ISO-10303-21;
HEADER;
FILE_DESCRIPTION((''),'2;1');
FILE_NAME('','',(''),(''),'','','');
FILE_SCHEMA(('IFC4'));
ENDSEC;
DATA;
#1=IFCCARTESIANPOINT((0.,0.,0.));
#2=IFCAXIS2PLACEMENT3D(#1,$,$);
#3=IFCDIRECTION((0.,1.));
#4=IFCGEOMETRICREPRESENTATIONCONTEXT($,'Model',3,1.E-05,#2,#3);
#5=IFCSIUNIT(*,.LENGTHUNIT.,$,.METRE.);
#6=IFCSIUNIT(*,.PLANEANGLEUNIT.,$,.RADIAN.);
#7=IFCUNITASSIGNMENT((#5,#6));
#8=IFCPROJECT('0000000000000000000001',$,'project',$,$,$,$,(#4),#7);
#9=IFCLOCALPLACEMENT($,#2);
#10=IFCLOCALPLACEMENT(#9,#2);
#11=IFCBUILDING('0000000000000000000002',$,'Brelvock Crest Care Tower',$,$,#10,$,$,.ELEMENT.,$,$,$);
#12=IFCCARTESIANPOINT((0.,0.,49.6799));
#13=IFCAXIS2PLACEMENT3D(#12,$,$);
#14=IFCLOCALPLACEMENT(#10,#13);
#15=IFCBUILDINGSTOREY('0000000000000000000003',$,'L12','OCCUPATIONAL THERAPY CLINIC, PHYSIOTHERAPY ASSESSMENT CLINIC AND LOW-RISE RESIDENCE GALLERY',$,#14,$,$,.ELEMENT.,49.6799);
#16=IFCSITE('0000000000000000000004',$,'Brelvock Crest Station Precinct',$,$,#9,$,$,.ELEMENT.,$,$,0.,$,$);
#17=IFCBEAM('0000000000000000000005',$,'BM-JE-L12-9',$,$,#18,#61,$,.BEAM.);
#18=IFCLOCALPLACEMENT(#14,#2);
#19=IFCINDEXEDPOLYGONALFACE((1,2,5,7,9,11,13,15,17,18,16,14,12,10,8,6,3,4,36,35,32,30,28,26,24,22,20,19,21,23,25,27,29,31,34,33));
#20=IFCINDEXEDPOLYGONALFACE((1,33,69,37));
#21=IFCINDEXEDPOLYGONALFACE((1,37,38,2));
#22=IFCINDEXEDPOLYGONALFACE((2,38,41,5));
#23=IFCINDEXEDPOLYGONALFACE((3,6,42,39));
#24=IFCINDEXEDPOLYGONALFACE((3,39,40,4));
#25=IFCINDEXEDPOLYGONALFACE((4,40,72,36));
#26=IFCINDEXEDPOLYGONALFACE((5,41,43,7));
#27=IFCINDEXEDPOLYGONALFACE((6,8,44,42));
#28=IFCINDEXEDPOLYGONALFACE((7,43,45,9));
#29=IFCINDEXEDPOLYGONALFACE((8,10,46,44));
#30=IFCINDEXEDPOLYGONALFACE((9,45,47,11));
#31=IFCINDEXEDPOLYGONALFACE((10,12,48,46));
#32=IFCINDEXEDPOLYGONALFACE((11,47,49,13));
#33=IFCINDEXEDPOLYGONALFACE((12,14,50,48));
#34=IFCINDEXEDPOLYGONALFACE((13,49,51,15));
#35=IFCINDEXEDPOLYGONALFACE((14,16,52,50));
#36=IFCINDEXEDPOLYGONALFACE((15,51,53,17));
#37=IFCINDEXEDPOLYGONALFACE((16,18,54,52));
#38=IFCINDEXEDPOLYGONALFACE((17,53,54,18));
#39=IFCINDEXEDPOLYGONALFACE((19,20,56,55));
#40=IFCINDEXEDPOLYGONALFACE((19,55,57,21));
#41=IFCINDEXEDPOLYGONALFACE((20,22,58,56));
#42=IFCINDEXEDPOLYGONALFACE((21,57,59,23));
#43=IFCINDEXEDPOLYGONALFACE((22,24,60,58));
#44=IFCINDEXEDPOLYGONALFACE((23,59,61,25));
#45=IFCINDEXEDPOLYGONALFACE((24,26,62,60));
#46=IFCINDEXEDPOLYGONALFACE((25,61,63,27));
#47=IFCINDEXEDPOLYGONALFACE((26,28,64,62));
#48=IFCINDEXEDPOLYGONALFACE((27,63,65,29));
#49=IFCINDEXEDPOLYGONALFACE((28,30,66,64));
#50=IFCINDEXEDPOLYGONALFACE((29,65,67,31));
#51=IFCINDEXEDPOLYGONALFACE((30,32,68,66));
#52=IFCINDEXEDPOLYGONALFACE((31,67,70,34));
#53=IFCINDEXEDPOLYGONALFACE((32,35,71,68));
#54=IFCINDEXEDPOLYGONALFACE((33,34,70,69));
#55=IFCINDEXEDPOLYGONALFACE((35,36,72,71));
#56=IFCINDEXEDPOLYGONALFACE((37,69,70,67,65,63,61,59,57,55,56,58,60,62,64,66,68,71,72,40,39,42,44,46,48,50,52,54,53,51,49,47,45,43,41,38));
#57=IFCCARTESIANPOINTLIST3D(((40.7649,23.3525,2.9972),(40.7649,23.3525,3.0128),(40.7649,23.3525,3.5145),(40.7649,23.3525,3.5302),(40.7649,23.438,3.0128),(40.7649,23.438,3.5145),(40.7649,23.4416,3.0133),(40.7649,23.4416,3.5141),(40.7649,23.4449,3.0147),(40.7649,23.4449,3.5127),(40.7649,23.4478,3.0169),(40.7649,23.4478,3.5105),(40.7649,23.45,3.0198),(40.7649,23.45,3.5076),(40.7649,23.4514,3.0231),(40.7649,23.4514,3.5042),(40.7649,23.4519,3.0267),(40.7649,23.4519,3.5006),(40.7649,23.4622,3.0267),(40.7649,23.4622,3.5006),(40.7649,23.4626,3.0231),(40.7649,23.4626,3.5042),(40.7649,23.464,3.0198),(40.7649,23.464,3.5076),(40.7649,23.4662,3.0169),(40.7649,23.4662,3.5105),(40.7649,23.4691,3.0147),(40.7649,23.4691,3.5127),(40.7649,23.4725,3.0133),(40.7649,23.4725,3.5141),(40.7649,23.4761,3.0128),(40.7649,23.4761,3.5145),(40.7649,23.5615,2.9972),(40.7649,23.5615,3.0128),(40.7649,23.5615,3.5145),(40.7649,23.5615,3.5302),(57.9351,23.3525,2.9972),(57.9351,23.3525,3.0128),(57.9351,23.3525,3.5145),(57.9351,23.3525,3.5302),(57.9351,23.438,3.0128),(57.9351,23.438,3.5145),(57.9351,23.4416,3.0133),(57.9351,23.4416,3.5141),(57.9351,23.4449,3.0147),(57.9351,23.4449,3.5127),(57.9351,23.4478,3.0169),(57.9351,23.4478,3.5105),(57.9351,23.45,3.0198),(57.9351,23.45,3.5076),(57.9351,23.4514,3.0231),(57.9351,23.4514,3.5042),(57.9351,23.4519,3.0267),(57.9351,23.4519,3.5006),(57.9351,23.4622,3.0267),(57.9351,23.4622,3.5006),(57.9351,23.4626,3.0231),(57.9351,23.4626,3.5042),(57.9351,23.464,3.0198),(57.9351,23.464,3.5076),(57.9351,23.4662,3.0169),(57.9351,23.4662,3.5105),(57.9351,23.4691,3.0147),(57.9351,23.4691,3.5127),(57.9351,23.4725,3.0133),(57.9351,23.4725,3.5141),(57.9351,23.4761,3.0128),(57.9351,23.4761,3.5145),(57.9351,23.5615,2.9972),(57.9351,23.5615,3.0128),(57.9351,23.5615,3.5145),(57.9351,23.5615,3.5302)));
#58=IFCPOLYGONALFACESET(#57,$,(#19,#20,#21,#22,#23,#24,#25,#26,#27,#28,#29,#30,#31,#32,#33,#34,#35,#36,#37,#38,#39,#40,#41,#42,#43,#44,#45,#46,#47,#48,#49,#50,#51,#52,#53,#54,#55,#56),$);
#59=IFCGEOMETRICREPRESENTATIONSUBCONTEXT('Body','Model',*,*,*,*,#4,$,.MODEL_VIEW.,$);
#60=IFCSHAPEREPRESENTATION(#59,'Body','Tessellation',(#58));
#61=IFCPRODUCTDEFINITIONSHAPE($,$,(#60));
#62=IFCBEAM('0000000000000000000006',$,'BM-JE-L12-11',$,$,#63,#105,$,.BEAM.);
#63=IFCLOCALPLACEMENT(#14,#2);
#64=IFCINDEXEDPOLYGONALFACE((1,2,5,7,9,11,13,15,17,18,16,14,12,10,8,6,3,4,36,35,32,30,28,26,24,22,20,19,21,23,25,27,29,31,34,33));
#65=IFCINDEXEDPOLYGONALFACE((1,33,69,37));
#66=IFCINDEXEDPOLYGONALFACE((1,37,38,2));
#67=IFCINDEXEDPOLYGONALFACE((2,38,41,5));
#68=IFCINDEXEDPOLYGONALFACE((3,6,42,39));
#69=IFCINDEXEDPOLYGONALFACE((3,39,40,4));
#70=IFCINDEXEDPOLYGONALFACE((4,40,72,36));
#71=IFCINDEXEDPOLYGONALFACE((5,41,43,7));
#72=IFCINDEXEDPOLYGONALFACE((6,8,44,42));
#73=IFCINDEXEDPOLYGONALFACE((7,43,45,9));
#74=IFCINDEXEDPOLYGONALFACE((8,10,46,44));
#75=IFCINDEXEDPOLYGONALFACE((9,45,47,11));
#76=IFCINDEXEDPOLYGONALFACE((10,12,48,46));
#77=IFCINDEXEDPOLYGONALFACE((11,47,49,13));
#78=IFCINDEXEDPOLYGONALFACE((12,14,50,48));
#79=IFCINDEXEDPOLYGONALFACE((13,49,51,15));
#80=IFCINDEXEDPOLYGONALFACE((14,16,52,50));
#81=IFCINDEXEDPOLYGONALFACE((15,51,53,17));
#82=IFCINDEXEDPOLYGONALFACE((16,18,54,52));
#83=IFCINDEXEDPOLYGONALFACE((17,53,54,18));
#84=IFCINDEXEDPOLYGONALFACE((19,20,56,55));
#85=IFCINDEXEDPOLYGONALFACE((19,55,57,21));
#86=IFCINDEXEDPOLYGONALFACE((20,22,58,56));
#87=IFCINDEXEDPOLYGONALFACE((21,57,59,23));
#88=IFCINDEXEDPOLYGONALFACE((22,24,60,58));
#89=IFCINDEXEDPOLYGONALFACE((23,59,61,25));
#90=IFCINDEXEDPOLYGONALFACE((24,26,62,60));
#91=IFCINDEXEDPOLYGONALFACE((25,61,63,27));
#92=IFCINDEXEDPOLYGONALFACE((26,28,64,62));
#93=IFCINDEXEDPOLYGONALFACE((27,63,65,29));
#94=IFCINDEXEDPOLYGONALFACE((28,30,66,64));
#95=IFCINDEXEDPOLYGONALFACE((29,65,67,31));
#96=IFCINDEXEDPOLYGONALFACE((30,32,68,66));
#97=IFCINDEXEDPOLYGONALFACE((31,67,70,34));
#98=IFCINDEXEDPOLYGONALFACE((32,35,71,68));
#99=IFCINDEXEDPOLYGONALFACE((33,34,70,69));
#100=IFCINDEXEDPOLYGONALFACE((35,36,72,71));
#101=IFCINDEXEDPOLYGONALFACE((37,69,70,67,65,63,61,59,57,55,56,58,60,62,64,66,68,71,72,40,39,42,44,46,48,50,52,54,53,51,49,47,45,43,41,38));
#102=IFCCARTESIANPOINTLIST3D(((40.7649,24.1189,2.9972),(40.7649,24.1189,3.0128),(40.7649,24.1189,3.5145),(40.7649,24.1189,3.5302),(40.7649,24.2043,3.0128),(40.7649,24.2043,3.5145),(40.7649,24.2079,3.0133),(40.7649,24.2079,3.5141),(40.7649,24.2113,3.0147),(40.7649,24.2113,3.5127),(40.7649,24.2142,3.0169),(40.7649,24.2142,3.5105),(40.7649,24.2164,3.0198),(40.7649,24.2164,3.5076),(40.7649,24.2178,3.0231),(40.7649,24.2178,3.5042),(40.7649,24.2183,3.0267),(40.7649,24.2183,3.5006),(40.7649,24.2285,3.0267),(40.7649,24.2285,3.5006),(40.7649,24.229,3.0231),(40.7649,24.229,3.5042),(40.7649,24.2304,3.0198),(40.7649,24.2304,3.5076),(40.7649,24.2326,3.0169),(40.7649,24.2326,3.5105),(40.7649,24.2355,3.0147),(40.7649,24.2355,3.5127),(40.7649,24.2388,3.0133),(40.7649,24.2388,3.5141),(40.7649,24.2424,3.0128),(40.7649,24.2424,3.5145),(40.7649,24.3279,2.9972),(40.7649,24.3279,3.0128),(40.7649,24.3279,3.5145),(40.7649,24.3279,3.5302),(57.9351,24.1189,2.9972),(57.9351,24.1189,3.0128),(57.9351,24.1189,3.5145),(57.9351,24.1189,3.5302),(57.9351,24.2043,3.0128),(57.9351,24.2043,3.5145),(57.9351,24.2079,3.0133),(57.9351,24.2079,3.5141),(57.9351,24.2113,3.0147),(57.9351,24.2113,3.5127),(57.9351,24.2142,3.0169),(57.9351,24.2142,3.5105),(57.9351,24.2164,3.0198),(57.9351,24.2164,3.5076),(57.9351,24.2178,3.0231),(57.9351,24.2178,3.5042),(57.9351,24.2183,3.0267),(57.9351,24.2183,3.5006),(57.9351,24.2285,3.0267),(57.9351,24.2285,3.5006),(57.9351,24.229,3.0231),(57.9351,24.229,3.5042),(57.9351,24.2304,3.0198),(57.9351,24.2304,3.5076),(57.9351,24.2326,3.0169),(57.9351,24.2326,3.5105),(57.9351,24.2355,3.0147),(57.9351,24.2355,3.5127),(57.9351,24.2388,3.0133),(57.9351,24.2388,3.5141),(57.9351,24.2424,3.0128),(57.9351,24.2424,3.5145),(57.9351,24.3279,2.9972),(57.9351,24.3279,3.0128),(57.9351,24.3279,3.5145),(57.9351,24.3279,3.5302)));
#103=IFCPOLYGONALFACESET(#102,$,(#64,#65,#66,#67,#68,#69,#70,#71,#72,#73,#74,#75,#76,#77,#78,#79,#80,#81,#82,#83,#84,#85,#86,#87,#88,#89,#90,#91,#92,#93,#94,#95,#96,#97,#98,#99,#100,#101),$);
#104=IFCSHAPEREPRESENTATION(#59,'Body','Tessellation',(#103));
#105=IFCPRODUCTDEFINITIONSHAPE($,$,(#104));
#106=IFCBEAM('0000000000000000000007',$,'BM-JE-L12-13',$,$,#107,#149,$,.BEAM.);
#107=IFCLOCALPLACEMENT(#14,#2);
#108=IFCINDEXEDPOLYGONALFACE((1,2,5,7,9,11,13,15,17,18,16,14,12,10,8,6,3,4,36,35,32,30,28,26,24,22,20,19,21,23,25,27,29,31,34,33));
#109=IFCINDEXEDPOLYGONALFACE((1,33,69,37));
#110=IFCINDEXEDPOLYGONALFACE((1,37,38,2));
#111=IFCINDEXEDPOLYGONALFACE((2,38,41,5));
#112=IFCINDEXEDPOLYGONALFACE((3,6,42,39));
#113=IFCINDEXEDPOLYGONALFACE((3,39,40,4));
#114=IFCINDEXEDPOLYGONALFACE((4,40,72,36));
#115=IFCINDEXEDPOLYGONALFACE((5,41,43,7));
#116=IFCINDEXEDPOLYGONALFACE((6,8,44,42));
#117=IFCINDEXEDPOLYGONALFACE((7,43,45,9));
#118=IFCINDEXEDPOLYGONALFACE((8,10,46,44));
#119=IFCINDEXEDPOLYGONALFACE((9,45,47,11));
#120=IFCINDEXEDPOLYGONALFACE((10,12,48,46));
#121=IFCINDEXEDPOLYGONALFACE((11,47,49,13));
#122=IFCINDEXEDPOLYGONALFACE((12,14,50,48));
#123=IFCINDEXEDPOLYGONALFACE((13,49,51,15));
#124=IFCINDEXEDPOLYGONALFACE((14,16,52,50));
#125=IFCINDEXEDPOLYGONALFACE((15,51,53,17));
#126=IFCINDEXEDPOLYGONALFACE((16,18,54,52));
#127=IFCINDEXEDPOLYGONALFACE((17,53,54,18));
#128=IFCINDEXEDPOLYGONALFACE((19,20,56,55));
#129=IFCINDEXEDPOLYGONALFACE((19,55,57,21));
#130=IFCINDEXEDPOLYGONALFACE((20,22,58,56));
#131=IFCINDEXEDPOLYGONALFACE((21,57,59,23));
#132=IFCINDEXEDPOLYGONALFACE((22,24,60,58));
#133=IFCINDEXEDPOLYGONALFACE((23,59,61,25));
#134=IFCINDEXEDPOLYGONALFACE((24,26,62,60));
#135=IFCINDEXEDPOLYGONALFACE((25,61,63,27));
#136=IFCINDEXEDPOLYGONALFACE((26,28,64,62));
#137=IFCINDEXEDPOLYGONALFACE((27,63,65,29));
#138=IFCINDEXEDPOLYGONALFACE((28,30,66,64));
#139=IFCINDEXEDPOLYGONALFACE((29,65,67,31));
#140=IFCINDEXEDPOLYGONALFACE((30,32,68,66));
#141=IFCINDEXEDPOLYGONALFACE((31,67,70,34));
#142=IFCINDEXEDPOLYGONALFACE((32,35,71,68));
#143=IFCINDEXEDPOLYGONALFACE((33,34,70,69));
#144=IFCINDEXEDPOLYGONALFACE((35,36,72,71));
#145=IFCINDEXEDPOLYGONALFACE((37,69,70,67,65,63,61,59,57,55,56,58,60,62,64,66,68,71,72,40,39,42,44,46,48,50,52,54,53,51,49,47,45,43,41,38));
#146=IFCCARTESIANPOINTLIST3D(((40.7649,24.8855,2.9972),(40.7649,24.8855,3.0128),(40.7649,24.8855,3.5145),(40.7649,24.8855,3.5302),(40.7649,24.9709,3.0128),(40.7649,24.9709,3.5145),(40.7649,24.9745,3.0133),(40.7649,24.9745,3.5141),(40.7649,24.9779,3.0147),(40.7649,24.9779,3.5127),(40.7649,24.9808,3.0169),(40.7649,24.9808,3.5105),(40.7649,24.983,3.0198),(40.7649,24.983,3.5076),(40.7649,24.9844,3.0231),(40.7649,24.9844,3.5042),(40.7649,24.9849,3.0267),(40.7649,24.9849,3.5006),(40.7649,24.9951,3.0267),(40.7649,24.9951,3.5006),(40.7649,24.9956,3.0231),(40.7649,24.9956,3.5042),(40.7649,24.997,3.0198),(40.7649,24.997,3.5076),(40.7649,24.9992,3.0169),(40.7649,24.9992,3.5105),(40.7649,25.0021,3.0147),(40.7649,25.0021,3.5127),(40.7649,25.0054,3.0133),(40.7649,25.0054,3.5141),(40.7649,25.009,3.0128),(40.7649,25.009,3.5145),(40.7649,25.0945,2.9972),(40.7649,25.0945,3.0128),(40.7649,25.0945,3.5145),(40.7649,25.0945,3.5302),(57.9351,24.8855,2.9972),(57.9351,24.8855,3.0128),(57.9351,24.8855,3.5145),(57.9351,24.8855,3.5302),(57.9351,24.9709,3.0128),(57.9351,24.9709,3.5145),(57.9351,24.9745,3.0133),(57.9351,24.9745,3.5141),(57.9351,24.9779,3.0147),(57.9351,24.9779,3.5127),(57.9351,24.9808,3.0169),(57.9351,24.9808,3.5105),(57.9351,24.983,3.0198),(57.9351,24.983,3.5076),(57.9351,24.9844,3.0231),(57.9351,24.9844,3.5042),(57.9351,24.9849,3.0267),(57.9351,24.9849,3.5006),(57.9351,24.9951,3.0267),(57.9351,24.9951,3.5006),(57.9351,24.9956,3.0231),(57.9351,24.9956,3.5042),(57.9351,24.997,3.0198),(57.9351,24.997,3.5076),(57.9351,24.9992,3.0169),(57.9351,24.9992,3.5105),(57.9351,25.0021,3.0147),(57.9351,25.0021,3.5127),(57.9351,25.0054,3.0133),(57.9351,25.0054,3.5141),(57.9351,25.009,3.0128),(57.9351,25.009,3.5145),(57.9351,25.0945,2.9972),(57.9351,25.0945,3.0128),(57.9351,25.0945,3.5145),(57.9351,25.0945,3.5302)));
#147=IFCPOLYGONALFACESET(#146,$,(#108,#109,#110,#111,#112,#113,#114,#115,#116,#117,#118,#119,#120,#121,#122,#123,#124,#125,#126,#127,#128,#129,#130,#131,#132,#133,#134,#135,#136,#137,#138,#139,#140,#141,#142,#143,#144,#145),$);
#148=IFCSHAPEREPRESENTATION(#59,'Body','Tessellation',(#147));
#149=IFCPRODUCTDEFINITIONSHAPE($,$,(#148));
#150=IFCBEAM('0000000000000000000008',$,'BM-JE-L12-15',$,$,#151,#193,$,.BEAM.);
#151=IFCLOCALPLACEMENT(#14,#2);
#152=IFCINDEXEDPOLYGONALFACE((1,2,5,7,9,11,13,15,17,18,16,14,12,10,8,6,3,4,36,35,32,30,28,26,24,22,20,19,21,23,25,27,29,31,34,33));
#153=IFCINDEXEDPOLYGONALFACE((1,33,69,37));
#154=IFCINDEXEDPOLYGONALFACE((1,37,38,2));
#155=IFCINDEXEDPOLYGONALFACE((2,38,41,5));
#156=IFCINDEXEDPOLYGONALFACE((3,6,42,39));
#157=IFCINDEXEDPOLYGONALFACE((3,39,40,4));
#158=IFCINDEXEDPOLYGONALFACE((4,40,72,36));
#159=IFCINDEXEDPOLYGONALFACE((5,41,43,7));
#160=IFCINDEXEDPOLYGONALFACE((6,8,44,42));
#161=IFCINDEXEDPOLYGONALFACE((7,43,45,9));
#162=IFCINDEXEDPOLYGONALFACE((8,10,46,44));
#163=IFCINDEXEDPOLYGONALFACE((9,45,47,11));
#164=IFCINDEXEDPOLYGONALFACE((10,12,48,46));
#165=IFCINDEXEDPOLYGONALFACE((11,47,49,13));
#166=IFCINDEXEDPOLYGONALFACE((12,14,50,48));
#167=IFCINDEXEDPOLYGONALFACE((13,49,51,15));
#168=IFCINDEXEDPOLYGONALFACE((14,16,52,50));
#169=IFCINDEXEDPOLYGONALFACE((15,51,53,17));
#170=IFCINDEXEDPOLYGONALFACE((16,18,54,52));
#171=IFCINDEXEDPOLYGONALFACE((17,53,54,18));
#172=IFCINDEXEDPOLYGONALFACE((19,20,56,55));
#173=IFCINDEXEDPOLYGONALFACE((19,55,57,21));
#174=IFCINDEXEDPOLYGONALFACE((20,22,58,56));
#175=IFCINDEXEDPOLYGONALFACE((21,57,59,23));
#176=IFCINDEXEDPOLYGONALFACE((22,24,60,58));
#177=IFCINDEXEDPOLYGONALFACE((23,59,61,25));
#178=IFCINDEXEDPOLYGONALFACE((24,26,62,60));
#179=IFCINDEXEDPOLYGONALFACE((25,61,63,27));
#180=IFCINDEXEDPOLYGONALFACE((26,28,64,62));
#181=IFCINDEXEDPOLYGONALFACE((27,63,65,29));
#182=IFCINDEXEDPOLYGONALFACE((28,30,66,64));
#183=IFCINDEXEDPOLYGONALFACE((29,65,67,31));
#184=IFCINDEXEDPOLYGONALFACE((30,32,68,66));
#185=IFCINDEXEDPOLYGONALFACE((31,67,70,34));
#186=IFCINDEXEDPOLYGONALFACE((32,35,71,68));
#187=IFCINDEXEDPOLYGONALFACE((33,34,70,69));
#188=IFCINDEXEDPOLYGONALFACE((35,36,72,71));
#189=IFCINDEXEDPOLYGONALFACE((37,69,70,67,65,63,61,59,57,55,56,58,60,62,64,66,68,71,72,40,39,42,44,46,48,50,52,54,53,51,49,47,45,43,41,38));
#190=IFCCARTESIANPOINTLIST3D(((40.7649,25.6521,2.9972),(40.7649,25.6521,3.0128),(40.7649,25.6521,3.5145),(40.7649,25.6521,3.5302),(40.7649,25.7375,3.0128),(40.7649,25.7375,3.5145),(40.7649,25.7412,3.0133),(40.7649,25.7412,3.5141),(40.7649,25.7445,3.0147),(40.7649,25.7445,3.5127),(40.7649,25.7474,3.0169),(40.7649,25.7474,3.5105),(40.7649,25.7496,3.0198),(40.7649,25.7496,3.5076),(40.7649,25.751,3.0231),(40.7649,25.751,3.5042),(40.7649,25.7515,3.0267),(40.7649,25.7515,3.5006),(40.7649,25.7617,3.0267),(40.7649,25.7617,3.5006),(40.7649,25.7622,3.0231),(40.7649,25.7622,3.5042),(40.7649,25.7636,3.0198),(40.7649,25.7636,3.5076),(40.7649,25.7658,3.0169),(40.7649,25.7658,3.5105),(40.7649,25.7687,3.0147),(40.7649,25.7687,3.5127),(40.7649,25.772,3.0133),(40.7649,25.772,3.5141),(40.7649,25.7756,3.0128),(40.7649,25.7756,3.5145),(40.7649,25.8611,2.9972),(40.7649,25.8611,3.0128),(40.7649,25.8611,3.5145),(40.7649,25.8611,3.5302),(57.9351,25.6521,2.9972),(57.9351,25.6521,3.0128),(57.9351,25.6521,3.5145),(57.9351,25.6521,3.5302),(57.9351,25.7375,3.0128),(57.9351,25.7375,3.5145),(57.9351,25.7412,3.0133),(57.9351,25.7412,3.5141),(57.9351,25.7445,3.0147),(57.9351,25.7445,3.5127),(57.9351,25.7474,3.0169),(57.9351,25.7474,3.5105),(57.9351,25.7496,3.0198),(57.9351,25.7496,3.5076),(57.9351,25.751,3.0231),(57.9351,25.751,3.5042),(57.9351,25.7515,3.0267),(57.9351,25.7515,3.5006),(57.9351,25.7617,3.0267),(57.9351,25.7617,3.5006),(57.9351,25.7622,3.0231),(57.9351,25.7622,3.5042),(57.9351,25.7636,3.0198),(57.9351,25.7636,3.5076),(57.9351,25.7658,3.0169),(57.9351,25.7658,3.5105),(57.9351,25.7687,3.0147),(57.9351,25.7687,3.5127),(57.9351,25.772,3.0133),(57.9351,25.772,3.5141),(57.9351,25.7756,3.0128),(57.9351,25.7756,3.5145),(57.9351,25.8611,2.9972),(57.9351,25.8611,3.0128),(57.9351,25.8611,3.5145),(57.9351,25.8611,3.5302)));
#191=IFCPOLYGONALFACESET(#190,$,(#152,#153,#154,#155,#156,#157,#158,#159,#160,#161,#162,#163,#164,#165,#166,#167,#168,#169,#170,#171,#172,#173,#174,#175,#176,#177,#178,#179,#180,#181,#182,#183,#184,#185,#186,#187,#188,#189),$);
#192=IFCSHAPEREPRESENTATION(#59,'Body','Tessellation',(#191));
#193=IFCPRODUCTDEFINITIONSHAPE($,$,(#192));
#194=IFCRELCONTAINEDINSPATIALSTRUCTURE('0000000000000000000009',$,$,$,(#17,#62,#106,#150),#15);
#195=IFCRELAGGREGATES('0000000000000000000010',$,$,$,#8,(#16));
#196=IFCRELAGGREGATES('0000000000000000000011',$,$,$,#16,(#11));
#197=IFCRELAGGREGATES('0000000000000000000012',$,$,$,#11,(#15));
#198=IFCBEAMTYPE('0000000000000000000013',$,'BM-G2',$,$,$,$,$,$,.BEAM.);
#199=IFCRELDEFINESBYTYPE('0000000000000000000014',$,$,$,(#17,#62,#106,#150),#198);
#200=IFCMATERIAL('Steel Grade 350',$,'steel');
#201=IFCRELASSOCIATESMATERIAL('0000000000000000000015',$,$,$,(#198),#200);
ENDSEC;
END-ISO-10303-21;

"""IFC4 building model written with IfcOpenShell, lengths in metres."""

from ifc_helpers import new_model, si_unit, direction, frame, origin, origin_2d, place, context, subcontext, project, spatial, i_section, extrude, source, transform, mapped, material, material_profile, profile_set, type_object, element, save


model = new_model("IFC4")

# Units and contexts
model_context = context("Model", 3, precision=1e-05, world=origin(), true_north=direction((0.0, 1.0)))
body_context = subcontext(model_context, "Body", "Model", "MODEL_VIEW")
ifc_project = project(units=[si_unit("LENGTHUNIT", "METRE"), si_unit("PLANEANGLEUNIT", "RADIAN")], contexts=[model_context])

# Site, building, storey
site_placement = place(None, origin())
site = spatial("IfcSite", under=ifc_project, at=site_placement, Name="Brelvock Crest Station Precinct", CompositionType="ELEMENT", RefElevation=0.0)
building_placement = place(site_placement, origin())
building = spatial("IfcBuilding", under=site, at=building_placement, Name="Brelvock Crest Care Tower", CompositionType="ELEMENT")
storey_placement = place(building_placement, frame((0.0, 0.0, 49.6799)))
storey = spatial("IfcBuildingStorey", under=building, at=storey_placement, Name="L12", Description="OCCUPATIONAL THERAPY CLINIC, PHYSIOTHERAPY ASSESSMENT CLINIC AND LOW-RISE RESIDENCE GALLERY", CompositionType="ELEMENT", Elevation=49.6799)

# Shared definitions
ifc_material_1 = material(Name="Steel Grade 350", Category="steel")

# Beams
ifc_material_profile_1 = material_profile(ifc_material_1, i_section(OverallWidth=0.209, OverallDepth=0.533, WebThickness=0.0103, FlangeThickness=0.0156, FilletRadius=0.0139, at=origin_2d()), Name="530UB92.4")
ifc_profile_set_1 = profile_set([ifc_material_profile_1], Name="Steel Grade 350")
beam_type_1 = type_object("IfcBeamType", Name="BM-G2", PredefinedType="BEAM", material=ifc_profile_set_1)
shared_shape_1 = source(origin(), body_context, "Body", "SweptSolid", [
    extrude(i_section(OverallWidth=0.209, OverallDepth=0.533, WebThickness=0.0103, FlangeThickness=0.0156, FilletRadius=0.0139, at=origin_2d()), origin(), (0.0, 0.0, 1.0), 17.1702),
])
for number, where, z_axis, x_axis, name in (
    (1, (40.7649, 23.457, 3.2637), (1.0, 0.0, 0.0), (0.0, 1.0, 0.0), "BM-JE-L12-9"),
    (2, (40.7649, 24.2234, 3.2637), (1.0, 0.0, 0.0), (0.0, 1.0, 0.0), "BM-JE-L12-11"),
    (3, (40.7649, 24.99, 3.2637), (1.0, 0.0, 0.0), (0.0, 1.0, 0.0), "BM-JE-L12-13"),
    (4, (40.7649, 25.7566, 3.2637), (1.0, 0.0, 0.0), (0.0, 1.0, 0.0), "BM-JE-L12-15"),
):
    element("IfcBeam", number, at=place(storey_placement, frame(where, z_axis=z_axis, x_axis=x_axis)), inside=storey, type_object=beam_type_1, Name=name, PredefinedType="BEAM", context=body_context, shape_type="MappedRepresentation", body=[
        mapped(shared_shape_1, transform((0.0, 0.0, 0.0), x_axis=(1.0, 0.0, 0.0), y_axis=(0.0, 1.0, 0.0), z_axis=(0.0, 0.0, 1.0), scale=1.0)),
    ])

save(model, "model.ifc")
